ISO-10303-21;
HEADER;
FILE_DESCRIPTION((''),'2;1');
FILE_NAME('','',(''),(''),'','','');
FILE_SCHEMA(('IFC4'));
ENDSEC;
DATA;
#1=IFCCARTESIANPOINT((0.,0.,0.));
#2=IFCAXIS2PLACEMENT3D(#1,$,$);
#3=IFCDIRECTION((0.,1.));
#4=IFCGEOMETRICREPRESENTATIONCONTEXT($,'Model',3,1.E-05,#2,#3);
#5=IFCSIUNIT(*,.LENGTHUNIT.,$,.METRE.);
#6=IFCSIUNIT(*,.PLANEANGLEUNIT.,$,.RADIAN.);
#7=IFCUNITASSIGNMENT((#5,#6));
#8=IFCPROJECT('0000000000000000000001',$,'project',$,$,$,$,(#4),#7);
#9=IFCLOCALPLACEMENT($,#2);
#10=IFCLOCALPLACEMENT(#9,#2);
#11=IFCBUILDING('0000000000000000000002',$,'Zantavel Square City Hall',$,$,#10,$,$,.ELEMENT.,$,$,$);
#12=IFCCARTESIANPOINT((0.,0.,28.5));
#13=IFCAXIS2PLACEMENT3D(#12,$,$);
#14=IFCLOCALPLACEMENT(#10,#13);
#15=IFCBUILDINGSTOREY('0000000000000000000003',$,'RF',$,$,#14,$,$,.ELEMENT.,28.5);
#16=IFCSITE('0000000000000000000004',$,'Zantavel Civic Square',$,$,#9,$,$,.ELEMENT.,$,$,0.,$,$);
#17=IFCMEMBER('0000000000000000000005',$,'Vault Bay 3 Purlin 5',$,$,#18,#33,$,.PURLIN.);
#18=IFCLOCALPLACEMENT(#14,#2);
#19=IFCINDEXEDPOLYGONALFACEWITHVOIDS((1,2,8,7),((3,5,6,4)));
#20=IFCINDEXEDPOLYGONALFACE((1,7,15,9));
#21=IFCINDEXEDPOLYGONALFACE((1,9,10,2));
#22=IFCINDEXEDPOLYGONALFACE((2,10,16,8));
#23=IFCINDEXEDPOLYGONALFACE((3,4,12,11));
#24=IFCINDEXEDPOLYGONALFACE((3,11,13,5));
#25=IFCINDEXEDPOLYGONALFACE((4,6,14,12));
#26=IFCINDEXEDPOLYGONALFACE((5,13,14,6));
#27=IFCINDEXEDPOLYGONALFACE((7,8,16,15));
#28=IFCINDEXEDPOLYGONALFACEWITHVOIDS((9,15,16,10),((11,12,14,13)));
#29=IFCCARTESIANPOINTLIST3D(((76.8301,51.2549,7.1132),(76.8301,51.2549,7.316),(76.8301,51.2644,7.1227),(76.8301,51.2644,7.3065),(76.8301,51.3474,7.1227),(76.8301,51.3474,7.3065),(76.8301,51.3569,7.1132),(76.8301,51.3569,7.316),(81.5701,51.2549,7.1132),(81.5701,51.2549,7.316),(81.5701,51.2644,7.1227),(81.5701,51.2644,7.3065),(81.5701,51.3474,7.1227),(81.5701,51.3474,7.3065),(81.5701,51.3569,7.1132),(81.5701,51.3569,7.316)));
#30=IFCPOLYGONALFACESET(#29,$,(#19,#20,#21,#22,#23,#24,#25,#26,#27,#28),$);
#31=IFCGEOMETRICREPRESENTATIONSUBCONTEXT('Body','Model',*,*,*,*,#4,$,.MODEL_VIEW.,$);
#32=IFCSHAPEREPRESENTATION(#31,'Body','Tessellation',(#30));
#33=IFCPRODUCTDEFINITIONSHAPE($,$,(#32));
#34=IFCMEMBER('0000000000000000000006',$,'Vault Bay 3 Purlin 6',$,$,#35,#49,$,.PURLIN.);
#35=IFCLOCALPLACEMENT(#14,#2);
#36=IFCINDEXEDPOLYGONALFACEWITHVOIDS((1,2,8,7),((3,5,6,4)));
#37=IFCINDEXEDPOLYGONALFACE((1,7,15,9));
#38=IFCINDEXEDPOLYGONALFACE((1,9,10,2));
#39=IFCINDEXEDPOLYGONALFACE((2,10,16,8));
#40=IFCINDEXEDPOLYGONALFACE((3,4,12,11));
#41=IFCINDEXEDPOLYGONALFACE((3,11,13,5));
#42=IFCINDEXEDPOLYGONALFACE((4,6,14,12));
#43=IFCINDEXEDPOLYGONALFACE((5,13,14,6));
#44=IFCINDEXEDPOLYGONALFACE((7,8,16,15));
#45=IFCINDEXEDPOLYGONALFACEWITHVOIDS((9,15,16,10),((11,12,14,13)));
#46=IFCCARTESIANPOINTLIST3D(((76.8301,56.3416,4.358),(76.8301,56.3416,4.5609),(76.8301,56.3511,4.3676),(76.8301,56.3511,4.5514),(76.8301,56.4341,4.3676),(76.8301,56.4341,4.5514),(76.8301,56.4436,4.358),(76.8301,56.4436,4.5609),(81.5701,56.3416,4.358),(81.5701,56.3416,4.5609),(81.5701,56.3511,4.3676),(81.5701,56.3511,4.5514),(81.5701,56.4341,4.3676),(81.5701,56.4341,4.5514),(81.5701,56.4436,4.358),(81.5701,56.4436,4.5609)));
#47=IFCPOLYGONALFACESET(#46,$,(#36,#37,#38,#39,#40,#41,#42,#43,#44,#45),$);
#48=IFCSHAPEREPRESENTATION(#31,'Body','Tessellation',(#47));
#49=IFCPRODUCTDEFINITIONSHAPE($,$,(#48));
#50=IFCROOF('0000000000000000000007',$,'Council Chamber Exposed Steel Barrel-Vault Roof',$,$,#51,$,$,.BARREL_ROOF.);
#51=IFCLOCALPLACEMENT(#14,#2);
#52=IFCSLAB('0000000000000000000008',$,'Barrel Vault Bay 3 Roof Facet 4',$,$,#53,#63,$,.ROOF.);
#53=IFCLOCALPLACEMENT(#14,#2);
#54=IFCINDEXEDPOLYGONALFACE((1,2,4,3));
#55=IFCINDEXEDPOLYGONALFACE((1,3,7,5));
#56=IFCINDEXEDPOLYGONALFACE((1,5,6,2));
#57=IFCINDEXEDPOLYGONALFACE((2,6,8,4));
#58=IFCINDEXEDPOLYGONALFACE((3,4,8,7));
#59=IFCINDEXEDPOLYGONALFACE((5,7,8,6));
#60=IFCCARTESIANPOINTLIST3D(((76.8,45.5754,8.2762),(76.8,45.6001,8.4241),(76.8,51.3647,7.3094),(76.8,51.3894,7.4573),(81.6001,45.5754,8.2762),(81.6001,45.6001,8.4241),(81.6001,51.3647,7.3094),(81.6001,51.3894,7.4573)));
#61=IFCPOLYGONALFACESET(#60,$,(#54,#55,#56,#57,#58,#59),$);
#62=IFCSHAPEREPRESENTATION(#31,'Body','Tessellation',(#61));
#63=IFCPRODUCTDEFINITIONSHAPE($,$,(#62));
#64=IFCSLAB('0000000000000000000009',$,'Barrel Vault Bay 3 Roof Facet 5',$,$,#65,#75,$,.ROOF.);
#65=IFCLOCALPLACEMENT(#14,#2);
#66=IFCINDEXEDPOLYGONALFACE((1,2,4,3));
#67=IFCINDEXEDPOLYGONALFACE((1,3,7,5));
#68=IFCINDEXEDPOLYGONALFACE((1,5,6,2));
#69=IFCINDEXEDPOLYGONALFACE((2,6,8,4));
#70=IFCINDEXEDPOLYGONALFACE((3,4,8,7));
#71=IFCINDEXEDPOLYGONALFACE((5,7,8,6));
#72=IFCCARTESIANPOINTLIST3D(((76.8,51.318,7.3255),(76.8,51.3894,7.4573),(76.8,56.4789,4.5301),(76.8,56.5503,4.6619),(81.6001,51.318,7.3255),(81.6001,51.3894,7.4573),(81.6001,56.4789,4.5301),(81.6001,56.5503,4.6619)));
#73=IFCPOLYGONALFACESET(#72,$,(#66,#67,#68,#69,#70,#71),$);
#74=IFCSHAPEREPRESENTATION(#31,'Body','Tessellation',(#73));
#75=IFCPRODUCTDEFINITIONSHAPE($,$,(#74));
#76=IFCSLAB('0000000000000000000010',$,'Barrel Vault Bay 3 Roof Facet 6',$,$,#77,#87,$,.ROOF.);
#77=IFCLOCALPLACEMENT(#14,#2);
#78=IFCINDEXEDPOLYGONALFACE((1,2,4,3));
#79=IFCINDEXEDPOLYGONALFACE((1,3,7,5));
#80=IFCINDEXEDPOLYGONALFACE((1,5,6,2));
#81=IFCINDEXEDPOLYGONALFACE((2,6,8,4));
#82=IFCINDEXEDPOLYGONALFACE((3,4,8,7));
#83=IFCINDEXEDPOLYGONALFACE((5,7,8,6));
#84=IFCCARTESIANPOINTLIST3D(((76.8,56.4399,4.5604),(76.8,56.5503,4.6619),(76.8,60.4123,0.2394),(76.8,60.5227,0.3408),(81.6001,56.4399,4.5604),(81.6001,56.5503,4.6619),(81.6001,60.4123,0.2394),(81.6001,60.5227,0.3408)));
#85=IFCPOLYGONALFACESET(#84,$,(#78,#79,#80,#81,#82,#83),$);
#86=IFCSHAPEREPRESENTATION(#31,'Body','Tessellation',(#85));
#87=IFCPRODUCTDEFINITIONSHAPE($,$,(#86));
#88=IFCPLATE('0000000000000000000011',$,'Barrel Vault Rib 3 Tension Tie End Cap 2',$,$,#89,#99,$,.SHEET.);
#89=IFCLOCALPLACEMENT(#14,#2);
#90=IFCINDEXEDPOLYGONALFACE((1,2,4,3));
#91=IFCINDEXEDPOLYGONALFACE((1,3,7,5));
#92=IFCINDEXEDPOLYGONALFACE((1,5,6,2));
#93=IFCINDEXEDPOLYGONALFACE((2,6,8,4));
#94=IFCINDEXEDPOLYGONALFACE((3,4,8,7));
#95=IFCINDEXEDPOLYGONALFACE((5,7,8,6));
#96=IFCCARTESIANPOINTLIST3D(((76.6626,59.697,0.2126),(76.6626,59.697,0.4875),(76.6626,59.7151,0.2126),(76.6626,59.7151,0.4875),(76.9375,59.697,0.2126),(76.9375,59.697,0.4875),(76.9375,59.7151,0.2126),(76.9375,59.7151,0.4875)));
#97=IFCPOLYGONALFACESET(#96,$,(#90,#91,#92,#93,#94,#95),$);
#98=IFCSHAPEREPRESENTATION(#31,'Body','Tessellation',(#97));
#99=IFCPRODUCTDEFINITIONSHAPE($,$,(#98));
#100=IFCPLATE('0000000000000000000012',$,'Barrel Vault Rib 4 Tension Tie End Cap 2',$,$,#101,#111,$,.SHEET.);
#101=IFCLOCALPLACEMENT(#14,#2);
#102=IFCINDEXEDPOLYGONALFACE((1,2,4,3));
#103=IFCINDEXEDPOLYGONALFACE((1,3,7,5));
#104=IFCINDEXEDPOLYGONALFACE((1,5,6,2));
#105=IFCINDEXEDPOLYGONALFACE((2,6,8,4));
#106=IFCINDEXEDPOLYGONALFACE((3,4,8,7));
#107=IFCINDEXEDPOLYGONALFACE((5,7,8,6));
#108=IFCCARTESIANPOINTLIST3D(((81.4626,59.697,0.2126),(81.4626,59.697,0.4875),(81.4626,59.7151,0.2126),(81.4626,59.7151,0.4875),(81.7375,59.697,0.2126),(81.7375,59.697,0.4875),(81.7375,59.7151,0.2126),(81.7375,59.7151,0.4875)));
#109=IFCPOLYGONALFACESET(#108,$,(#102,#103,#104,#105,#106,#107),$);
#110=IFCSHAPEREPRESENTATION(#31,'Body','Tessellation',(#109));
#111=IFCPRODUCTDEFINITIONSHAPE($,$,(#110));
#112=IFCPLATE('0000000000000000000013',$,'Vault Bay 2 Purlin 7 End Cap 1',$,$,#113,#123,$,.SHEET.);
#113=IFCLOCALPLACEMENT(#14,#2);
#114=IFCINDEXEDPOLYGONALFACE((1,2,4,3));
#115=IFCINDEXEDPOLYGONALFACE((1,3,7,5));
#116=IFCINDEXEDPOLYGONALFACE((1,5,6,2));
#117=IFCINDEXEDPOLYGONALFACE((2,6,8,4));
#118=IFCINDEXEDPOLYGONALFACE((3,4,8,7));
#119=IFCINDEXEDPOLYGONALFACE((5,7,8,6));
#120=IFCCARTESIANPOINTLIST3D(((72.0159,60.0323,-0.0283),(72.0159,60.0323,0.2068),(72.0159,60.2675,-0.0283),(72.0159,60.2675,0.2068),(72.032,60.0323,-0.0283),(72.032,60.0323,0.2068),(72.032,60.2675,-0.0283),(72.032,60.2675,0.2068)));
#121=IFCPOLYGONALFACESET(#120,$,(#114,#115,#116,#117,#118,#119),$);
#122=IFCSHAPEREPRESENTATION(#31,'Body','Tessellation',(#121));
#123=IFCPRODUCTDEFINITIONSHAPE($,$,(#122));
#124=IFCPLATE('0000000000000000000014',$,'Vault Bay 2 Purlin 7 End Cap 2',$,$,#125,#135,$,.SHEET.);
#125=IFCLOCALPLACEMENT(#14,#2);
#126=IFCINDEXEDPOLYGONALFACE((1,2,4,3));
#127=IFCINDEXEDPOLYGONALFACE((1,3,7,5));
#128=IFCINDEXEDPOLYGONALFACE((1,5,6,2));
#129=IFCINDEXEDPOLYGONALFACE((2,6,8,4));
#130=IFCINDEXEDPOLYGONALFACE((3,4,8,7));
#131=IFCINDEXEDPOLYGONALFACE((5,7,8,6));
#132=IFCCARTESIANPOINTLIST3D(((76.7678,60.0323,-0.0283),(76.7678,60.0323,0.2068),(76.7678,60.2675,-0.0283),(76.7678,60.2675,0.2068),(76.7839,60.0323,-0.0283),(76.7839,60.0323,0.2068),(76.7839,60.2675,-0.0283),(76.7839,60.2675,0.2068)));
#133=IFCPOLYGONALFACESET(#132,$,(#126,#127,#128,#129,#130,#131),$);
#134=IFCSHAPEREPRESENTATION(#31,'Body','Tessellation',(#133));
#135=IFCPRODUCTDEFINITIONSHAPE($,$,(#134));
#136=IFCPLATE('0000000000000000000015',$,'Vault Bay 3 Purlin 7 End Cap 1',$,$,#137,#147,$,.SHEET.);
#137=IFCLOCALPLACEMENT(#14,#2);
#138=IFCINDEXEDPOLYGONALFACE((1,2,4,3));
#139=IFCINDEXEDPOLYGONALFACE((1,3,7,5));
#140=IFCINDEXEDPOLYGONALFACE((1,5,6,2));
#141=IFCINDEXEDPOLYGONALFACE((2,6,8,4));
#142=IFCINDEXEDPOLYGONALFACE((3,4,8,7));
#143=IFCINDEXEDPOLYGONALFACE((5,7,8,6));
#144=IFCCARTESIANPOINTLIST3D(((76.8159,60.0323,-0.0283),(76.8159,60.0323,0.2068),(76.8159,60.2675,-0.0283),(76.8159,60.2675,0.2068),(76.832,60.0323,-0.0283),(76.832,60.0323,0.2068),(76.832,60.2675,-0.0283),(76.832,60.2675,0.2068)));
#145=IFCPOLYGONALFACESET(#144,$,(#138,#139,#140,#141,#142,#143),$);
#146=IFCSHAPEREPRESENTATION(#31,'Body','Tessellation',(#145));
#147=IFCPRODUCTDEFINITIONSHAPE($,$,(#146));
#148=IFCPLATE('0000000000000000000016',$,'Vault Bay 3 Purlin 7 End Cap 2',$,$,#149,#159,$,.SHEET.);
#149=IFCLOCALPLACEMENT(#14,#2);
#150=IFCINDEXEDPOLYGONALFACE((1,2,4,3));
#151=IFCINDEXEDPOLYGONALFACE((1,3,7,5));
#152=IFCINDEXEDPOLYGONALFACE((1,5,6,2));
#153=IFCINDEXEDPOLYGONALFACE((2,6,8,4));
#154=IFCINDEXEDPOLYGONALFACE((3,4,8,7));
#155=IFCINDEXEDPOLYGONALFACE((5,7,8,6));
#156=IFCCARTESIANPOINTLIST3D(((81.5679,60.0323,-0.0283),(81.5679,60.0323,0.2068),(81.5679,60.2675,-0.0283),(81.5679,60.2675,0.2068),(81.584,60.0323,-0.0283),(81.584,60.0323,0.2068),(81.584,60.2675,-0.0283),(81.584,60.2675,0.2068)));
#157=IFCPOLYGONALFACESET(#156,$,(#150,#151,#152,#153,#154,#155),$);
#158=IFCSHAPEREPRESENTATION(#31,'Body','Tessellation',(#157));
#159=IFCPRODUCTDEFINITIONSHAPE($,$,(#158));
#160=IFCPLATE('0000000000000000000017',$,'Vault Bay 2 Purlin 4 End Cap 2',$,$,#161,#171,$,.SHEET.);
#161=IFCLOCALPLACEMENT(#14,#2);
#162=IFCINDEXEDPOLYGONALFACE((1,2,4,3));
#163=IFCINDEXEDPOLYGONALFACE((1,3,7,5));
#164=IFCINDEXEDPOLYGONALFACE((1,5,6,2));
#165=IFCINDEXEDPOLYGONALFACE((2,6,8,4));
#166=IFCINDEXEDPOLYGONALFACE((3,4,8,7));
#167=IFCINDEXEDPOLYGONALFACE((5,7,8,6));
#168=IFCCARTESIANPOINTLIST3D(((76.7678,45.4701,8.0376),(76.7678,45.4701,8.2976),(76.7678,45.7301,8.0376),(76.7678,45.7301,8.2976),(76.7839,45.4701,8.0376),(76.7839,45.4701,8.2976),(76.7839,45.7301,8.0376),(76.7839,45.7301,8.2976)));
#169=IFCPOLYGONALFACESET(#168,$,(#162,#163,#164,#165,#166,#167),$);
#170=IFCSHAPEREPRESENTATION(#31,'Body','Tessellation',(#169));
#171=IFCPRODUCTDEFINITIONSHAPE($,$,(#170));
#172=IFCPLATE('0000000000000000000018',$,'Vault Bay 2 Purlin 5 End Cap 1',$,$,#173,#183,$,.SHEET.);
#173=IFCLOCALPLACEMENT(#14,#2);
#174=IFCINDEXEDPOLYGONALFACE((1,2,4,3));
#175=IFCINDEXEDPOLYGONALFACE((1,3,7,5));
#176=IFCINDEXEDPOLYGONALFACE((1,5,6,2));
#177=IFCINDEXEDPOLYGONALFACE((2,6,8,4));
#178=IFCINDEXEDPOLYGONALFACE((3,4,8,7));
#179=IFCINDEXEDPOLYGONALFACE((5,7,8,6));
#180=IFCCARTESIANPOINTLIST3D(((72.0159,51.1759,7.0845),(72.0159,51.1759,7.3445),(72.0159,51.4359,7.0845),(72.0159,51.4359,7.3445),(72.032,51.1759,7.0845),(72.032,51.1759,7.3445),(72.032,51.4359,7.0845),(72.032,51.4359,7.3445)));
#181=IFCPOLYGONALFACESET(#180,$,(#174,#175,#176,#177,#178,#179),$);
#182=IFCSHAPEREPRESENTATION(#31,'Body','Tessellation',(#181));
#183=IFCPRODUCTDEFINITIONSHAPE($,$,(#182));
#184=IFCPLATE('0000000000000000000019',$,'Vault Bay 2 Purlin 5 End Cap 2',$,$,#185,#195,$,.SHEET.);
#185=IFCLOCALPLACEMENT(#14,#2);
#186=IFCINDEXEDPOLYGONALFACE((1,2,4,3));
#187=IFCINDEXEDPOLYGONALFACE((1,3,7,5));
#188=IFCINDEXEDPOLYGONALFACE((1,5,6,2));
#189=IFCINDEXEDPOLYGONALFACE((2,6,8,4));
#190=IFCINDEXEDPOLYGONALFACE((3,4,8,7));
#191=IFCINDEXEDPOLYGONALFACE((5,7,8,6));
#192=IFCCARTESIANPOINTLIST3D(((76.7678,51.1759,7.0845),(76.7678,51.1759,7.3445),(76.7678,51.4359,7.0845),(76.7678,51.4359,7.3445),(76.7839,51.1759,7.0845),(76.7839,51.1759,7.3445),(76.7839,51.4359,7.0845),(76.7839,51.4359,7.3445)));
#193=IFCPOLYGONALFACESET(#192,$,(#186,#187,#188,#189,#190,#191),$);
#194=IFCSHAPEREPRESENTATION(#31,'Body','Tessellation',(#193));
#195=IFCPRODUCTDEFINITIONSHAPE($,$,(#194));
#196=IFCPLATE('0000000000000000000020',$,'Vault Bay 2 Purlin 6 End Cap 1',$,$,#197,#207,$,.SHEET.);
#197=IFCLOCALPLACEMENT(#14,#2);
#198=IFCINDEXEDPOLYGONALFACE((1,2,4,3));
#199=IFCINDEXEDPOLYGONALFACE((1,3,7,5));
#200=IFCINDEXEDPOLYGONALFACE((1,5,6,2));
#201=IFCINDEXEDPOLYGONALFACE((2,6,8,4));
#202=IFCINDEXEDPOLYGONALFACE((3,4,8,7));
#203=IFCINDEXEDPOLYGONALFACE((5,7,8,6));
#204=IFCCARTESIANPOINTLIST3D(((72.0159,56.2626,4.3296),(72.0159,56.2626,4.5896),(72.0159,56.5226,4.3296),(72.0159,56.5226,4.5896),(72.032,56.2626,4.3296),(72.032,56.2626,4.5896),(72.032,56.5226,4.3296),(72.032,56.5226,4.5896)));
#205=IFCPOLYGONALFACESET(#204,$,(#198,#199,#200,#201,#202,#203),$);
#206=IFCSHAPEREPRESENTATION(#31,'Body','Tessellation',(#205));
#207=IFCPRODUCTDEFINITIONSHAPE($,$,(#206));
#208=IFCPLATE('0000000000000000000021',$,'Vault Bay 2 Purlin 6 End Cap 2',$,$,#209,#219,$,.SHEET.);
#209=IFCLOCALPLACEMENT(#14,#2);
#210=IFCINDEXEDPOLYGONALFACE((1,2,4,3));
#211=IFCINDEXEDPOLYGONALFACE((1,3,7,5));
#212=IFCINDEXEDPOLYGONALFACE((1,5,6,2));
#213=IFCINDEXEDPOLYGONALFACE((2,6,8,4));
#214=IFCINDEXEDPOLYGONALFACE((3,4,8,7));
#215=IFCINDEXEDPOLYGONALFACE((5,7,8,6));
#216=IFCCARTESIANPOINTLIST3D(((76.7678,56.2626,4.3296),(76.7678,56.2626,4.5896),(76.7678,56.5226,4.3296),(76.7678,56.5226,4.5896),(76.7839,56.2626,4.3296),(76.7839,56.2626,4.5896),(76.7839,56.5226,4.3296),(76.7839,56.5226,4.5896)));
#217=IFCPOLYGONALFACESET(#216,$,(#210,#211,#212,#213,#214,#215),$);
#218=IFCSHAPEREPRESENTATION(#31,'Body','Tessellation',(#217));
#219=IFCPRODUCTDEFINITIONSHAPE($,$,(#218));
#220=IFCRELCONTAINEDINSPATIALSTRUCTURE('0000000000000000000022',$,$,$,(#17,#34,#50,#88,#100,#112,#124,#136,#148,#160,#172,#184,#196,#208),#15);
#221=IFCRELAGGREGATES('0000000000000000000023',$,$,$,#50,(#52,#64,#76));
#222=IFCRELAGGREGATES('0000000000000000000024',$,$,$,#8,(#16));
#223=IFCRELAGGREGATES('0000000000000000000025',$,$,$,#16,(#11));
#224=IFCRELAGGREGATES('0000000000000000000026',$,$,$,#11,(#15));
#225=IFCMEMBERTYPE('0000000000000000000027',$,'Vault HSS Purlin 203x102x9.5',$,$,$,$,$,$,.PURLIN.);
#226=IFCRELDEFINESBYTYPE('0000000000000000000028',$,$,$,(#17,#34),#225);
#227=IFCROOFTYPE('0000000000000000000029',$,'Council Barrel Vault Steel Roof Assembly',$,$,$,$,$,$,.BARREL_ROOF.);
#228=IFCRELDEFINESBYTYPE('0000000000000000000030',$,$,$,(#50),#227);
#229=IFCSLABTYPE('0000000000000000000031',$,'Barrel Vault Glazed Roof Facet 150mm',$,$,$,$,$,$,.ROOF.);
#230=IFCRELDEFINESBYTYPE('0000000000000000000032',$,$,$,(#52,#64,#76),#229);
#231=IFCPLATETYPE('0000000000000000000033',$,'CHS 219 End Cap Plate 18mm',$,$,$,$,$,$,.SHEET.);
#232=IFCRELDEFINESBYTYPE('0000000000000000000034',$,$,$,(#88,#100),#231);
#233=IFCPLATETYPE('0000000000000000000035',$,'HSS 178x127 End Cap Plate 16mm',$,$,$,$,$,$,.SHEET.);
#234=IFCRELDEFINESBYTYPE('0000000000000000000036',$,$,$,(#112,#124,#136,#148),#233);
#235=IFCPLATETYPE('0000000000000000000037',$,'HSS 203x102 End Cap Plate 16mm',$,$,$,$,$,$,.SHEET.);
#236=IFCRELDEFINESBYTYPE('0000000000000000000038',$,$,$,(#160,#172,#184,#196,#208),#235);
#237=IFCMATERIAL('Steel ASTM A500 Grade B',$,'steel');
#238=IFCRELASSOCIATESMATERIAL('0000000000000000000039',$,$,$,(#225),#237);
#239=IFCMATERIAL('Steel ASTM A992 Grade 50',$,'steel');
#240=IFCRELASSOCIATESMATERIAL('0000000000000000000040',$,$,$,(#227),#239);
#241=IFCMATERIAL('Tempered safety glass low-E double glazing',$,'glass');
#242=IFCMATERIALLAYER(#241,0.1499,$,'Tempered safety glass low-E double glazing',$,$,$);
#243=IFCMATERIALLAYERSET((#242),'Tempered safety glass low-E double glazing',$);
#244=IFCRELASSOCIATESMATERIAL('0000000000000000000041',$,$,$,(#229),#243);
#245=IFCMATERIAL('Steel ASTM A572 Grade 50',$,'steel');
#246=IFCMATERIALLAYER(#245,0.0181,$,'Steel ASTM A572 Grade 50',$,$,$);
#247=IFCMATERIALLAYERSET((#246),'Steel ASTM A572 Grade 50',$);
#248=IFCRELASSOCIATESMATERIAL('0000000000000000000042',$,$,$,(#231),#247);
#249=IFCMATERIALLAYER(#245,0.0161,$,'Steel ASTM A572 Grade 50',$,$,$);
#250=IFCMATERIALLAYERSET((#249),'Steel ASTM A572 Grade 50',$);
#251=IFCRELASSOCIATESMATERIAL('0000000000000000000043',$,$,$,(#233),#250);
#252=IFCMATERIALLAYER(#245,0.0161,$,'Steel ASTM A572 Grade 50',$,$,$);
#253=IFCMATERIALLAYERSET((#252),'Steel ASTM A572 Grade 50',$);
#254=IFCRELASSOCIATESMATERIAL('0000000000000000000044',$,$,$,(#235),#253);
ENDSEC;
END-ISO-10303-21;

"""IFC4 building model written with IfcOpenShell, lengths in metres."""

from ifc_helpers import new_model, si_unit, direction, frame, origin, origin_2d, place, context, subcontext, project, spatial, polyline, rectangle, hollow_rectangle, outline, extrude, material, layer, layer_set, material_profile, profile_set, type_object, element, aggregate, save


model = new_model("IFC4")

# Units and contexts
model_context = context("Model", 3, precision=1e-05, world=origin(), true_north=direction((0.0, 1.0)))
body_context = subcontext(model_context, "Body", "Model", "MODEL_VIEW")
ifc_project = project(units=[si_unit("LENGTHUNIT", "METRE"), si_unit("PLANEANGLEUNIT", "RADIAN")], contexts=[model_context])

# Site, building, storey
site_placement = place(None, origin())
site = spatial("IfcSite", under=ifc_project, at=site_placement, Name="Zantavel Civic Square", CompositionType="ELEMENT", RefElevation=0.0)
building_placement = place(site_placement, origin())
building = spatial("IfcBuilding", under=site, at=building_placement, Name="Zantavel Square City Hall", CompositionType="ELEMENT")
storey_placement = place(building_placement, frame((0.0, 0.0, 28.5)))
storey = spatial("IfcBuildingStorey", under=building, at=storey_placement, Name="RF", CompositionType="ELEMENT", Elevation=28.5)

# Shared definitions
ifc_material_1 = material(Name="Steel ASTM A992 Grade 50", Category="steel")

# Members
ifc_material_2 = material(Name="Steel ASTM A500 Grade B", Category="steel")
ifc_material_profile_1 = material_profile(ifc_material_2, hollow_rectangle(XDim=0.1021, YDim=0.2029, WallThickness=0.0095, at=origin_2d()), Name="HSS 203x102x9.5")
ifc_profile_set_1 = profile_set([ifc_material_profile_1], Name="Steel ASTM A500 Grade B")
member_type_1 = type_object("IfcMemberType", Name="Vault HSS Purlin 203x102x9.5", PredefinedType="PURLIN", material=ifc_profile_set_1)
for number, where, z_axis, x_axis, name in (
    (1, (76.8301, 51.3059, 7.2146), (1.0, 0.0, 0.0), (0.0, 1.0, 0.0), "Vault Bay 3 Purlin 5"),
    (2, (76.8301, 56.3926, 4.4595), (1.0, 0.0, 0.0), (0.0, 1.0, 0.0), "Vault Bay 3 Purlin 6"),
):
    element("IfcMember", number, at=place(storey_placement, frame(where, z_axis=z_axis, x_axis=x_axis)), inside=storey, type_object=member_type_1, Name=name, PredefinedType="PURLIN", context=body_context, shape_type="SweptSolid", body=[
        extrude(hollow_rectangle(XDim=0.1021, YDim=0.2029, WallThickness=0.0095, at=origin_2d()), origin(), (0.0, 0.0, 1.0), 4.74),
    ])

# Roof, slabs
roof_type = type_object("IfcRoofType", Name="Council Barrel Vault Steel Roof Assembly", PredefinedType="BARREL_ROOF", material=ifc_material_1)
roof_placement = place(storey_placement, origin())
roof = element("IfcRoof", 3, at=roof_placement, inside=storey, type_object=roof_type, Name="Council Chamber Exposed Steel Barrel-Vault Roof", PredefinedType="BARREL_ROOF")
ifc_material_3 = material(Name="Tempered safety glass low-E double glazing", Category="glass")
ifc_layer_1 = layer(ifc_material_3, 0.1499, Name="Tempered safety glass low-E double glazing")
ifc_layer_set_1 = layer_set([ifc_layer_1], Name="Tempered safety glass low-E double glazing")
slab_type_1 = type_object("IfcSlabType", Name="Barrel Vault Glazed Roof Facet 150mm", PredefinedType="ROOF", material=ifc_layer_set_1)
slab_1_placement = place(storey_placement, frame((76.8, 45.6001, 8.4241), z_axis=(0.0, 0.164716, 0.986341), x_axis=(1.0, 0.0, 0.0)))
slab_1 = element("IfcSlab", 4, at=slab_1_placement, type_object=slab_type_1, Name="Barrel Vault Bay 3 Roof Facet 4", PredefinedType="ROOF", context=body_context, shape_type="SweptSolid", body=[
    extrude(outline(polyline([(0.0, 0.0), (4.8, 0.0), (4.8, 5.8695), (0.0, 5.8695), (0.0, 0.0)])), origin(), (0.0, 0.0, -1.0), 0.1499),
])
slab_2_placement = place(storey_placement, frame((76.8, 51.3894, 7.4573), z_axis=(0.0, 0.476274, 0.879297), x_axis=(1.0, 0.0, 0.0)))
slab_2 = element("IfcSlab", 5, at=slab_2_placement, type_object=slab_type_1, Name="Barrel Vault Bay 3 Roof Facet 5", PredefinedType="ROOF", context=body_context, shape_type="SweptSolid", body=[
    extrude(outline(polyline([(0.0, 0.0), (4.8, 0.0), (4.8, 5.8693), (0.0, 5.8693), (0.0, 0.0)])), origin(), (0.0, 0.0, -1.0), 0.1499),
])
slab_3_placement = place(storey_placement, frame((76.8, 56.5503, 4.6619), z_axis=(0.0, 0.736181, 0.676784), x_axis=(1.0, 0.0, 0.0)))
slab_3 = element("IfcSlab", 6, at=slab_3_placement, type_object=slab_type_1, Name="Barrel Vault Bay 3 Roof Facet 6", PredefinedType="ROOF", context=body_context, shape_type="SweptSolid", body=[
    extrude(outline(polyline([(0.0, 0.0), (4.8, 0.0), (4.8, 5.8695), (0.0, 5.8695), (0.0, 0.0)])), origin(), (0.0, 0.0, -1.0), 0.1499),
])

# Plates
ifc_material_4 = material(Name="Steel ASTM A572 Grade 50", Category="steel")
ifc_layer_2 = layer(ifc_material_4, 0.0181, Name="Steel ASTM A572 Grade 50")
ifc_layer_set_2 = layer_set([ifc_layer_2], Name="Steel ASTM A572 Grade 50")
plate_type_1 = type_object("IfcPlateType", Name="CHS 219 End Cap Plate 18mm", PredefinedType="SHEET", material=ifc_layer_set_2)
for number, where, z_axis, x_axis, name in (
    (7, (76.8, 59.7061, 0.2126), (0.0, 0.0, 1.0), (0.0, 1.0, 0.0), "Barrel Vault Rib 3 Tension Tie End Cap 2"),
    (8, (81.6001, 59.7061, 0.2126), (0.0, 0.0, 1.0), (0.0, 1.0, 0.0), "Barrel Vault Rib 4 Tension Tie End Cap 2"),
):
    element("IfcPlate", number, at=place(storey_placement, frame(where, z_axis=z_axis, x_axis=x_axis)), inside=storey, type_object=plate_type_1, Name=name, PredefinedType="SHEET", context=body_context, shape_type="SweptSolid", body=[
        extrude(rectangle(XDim=0.0181, YDim=0.2749, at=origin_2d()), origin(), (0.0, 0.0, 1.0), 0.2749),
    ])
ifc_layer_3 = layer(ifc_material_4, 0.0161, Name="Steel ASTM A572 Grade 50")
ifc_layer_set_3 = layer_set([ifc_layer_3], Name="Steel ASTM A572 Grade 50")
plate_type_2 = type_object("IfcPlateType", Name="HSS 178x127 End Cap Plate 16mm", PredefinedType="SHEET", material=ifc_layer_set_3)
for number, where, z_axis, x_axis, name in (
    (9, (72.0239, 60.1499, -0.0283), (0.0, 0.0, 1.0), (1.0, 0.0, 0.0), "Vault Bay 2 Purlin 7 End Cap 1"),
    (10, (76.7759, 60.1499, -0.0283), (0.0, 0.0, 1.0), (1.0, 0.0, 0.0), "Vault Bay 2 Purlin 7 End Cap 2"),
    (11, (76.824, 60.1499, -0.0283), (0.0, 0.0, 1.0), (1.0, 0.0, 0.0), "Vault Bay 3 Purlin 7 End Cap 1"),
    (12, (81.5759, 60.1499, -0.0283), (0.0, 0.0, 1.0), (1.0, 0.0, 0.0), "Vault Bay 3 Purlin 7 End Cap 2"),
):
    element("IfcPlate", number, at=place(storey_placement, frame(where, z_axis=z_axis, x_axis=x_axis)), inside=storey, type_object=plate_type_2, Name=name, PredefinedType="SHEET", context=body_context, shape_type="SweptSolid", body=[
        extrude(rectangle(XDim=0.0161, YDim=0.2351, at=origin_2d()), origin(), (0.0, 0.0, 1.0), 0.2351),
    ])
ifc_layer_4 = layer(ifc_material_4, 0.0161, Name="Steel ASTM A572 Grade 50")
ifc_layer_set_4 = layer_set([ifc_layer_4], Name="Steel ASTM A572 Grade 50")
plate_type_3 = type_object("IfcPlateType", Name="HSS 203x102 End Cap Plate 16mm", PredefinedType="SHEET", material=ifc_layer_set_4)
for number, where, z_axis, x_axis, name in (
    (13, (76.7759, 45.6001, 8.0376), (0.0, 0.0, 1.0), (1.0, 0.0, 0.0), "Vault Bay 2 Purlin 4 End Cap 2"),
    (14, (72.0239, 51.3059, 7.0845), (0.0, 0.0, 1.0), (1.0, 0.0, 0.0), "Vault Bay 2 Purlin 5 End Cap 1"),
    (15, (76.7759, 51.3059, 7.0845), (0.0, 0.0, 1.0), (1.0, 0.0, 0.0), "Vault Bay 2 Purlin 5 End Cap 2"),
    (16, (72.0239, 56.3926, 4.3296), (0.0, 0.0, 1.0), (1.0, 0.0, 0.0), "Vault Bay 2 Purlin 6 End Cap 1"),
    (17, (76.7759, 56.3926, 4.3296), (0.0, 0.0, 1.0), (1.0, 0.0, 0.0), "Vault Bay 2 Purlin 6 End Cap 2"),
):
    element("IfcPlate", number, at=place(storey_placement, frame(where, z_axis=z_axis, x_axis=x_axis)), inside=storey, type_object=plate_type_3, Name=name, PredefinedType="SHEET", context=body_context, shape_type="SweptSolid", body=[
        extrude(rectangle(XDim=0.0161, YDim=0.26, at=origin_2d()), origin(), (0.0, 0.0, 1.0), 0.26),
    ])

aggregate(roof, [slab_1, slab_2, slab_3])

save(model, "model.ifc")
